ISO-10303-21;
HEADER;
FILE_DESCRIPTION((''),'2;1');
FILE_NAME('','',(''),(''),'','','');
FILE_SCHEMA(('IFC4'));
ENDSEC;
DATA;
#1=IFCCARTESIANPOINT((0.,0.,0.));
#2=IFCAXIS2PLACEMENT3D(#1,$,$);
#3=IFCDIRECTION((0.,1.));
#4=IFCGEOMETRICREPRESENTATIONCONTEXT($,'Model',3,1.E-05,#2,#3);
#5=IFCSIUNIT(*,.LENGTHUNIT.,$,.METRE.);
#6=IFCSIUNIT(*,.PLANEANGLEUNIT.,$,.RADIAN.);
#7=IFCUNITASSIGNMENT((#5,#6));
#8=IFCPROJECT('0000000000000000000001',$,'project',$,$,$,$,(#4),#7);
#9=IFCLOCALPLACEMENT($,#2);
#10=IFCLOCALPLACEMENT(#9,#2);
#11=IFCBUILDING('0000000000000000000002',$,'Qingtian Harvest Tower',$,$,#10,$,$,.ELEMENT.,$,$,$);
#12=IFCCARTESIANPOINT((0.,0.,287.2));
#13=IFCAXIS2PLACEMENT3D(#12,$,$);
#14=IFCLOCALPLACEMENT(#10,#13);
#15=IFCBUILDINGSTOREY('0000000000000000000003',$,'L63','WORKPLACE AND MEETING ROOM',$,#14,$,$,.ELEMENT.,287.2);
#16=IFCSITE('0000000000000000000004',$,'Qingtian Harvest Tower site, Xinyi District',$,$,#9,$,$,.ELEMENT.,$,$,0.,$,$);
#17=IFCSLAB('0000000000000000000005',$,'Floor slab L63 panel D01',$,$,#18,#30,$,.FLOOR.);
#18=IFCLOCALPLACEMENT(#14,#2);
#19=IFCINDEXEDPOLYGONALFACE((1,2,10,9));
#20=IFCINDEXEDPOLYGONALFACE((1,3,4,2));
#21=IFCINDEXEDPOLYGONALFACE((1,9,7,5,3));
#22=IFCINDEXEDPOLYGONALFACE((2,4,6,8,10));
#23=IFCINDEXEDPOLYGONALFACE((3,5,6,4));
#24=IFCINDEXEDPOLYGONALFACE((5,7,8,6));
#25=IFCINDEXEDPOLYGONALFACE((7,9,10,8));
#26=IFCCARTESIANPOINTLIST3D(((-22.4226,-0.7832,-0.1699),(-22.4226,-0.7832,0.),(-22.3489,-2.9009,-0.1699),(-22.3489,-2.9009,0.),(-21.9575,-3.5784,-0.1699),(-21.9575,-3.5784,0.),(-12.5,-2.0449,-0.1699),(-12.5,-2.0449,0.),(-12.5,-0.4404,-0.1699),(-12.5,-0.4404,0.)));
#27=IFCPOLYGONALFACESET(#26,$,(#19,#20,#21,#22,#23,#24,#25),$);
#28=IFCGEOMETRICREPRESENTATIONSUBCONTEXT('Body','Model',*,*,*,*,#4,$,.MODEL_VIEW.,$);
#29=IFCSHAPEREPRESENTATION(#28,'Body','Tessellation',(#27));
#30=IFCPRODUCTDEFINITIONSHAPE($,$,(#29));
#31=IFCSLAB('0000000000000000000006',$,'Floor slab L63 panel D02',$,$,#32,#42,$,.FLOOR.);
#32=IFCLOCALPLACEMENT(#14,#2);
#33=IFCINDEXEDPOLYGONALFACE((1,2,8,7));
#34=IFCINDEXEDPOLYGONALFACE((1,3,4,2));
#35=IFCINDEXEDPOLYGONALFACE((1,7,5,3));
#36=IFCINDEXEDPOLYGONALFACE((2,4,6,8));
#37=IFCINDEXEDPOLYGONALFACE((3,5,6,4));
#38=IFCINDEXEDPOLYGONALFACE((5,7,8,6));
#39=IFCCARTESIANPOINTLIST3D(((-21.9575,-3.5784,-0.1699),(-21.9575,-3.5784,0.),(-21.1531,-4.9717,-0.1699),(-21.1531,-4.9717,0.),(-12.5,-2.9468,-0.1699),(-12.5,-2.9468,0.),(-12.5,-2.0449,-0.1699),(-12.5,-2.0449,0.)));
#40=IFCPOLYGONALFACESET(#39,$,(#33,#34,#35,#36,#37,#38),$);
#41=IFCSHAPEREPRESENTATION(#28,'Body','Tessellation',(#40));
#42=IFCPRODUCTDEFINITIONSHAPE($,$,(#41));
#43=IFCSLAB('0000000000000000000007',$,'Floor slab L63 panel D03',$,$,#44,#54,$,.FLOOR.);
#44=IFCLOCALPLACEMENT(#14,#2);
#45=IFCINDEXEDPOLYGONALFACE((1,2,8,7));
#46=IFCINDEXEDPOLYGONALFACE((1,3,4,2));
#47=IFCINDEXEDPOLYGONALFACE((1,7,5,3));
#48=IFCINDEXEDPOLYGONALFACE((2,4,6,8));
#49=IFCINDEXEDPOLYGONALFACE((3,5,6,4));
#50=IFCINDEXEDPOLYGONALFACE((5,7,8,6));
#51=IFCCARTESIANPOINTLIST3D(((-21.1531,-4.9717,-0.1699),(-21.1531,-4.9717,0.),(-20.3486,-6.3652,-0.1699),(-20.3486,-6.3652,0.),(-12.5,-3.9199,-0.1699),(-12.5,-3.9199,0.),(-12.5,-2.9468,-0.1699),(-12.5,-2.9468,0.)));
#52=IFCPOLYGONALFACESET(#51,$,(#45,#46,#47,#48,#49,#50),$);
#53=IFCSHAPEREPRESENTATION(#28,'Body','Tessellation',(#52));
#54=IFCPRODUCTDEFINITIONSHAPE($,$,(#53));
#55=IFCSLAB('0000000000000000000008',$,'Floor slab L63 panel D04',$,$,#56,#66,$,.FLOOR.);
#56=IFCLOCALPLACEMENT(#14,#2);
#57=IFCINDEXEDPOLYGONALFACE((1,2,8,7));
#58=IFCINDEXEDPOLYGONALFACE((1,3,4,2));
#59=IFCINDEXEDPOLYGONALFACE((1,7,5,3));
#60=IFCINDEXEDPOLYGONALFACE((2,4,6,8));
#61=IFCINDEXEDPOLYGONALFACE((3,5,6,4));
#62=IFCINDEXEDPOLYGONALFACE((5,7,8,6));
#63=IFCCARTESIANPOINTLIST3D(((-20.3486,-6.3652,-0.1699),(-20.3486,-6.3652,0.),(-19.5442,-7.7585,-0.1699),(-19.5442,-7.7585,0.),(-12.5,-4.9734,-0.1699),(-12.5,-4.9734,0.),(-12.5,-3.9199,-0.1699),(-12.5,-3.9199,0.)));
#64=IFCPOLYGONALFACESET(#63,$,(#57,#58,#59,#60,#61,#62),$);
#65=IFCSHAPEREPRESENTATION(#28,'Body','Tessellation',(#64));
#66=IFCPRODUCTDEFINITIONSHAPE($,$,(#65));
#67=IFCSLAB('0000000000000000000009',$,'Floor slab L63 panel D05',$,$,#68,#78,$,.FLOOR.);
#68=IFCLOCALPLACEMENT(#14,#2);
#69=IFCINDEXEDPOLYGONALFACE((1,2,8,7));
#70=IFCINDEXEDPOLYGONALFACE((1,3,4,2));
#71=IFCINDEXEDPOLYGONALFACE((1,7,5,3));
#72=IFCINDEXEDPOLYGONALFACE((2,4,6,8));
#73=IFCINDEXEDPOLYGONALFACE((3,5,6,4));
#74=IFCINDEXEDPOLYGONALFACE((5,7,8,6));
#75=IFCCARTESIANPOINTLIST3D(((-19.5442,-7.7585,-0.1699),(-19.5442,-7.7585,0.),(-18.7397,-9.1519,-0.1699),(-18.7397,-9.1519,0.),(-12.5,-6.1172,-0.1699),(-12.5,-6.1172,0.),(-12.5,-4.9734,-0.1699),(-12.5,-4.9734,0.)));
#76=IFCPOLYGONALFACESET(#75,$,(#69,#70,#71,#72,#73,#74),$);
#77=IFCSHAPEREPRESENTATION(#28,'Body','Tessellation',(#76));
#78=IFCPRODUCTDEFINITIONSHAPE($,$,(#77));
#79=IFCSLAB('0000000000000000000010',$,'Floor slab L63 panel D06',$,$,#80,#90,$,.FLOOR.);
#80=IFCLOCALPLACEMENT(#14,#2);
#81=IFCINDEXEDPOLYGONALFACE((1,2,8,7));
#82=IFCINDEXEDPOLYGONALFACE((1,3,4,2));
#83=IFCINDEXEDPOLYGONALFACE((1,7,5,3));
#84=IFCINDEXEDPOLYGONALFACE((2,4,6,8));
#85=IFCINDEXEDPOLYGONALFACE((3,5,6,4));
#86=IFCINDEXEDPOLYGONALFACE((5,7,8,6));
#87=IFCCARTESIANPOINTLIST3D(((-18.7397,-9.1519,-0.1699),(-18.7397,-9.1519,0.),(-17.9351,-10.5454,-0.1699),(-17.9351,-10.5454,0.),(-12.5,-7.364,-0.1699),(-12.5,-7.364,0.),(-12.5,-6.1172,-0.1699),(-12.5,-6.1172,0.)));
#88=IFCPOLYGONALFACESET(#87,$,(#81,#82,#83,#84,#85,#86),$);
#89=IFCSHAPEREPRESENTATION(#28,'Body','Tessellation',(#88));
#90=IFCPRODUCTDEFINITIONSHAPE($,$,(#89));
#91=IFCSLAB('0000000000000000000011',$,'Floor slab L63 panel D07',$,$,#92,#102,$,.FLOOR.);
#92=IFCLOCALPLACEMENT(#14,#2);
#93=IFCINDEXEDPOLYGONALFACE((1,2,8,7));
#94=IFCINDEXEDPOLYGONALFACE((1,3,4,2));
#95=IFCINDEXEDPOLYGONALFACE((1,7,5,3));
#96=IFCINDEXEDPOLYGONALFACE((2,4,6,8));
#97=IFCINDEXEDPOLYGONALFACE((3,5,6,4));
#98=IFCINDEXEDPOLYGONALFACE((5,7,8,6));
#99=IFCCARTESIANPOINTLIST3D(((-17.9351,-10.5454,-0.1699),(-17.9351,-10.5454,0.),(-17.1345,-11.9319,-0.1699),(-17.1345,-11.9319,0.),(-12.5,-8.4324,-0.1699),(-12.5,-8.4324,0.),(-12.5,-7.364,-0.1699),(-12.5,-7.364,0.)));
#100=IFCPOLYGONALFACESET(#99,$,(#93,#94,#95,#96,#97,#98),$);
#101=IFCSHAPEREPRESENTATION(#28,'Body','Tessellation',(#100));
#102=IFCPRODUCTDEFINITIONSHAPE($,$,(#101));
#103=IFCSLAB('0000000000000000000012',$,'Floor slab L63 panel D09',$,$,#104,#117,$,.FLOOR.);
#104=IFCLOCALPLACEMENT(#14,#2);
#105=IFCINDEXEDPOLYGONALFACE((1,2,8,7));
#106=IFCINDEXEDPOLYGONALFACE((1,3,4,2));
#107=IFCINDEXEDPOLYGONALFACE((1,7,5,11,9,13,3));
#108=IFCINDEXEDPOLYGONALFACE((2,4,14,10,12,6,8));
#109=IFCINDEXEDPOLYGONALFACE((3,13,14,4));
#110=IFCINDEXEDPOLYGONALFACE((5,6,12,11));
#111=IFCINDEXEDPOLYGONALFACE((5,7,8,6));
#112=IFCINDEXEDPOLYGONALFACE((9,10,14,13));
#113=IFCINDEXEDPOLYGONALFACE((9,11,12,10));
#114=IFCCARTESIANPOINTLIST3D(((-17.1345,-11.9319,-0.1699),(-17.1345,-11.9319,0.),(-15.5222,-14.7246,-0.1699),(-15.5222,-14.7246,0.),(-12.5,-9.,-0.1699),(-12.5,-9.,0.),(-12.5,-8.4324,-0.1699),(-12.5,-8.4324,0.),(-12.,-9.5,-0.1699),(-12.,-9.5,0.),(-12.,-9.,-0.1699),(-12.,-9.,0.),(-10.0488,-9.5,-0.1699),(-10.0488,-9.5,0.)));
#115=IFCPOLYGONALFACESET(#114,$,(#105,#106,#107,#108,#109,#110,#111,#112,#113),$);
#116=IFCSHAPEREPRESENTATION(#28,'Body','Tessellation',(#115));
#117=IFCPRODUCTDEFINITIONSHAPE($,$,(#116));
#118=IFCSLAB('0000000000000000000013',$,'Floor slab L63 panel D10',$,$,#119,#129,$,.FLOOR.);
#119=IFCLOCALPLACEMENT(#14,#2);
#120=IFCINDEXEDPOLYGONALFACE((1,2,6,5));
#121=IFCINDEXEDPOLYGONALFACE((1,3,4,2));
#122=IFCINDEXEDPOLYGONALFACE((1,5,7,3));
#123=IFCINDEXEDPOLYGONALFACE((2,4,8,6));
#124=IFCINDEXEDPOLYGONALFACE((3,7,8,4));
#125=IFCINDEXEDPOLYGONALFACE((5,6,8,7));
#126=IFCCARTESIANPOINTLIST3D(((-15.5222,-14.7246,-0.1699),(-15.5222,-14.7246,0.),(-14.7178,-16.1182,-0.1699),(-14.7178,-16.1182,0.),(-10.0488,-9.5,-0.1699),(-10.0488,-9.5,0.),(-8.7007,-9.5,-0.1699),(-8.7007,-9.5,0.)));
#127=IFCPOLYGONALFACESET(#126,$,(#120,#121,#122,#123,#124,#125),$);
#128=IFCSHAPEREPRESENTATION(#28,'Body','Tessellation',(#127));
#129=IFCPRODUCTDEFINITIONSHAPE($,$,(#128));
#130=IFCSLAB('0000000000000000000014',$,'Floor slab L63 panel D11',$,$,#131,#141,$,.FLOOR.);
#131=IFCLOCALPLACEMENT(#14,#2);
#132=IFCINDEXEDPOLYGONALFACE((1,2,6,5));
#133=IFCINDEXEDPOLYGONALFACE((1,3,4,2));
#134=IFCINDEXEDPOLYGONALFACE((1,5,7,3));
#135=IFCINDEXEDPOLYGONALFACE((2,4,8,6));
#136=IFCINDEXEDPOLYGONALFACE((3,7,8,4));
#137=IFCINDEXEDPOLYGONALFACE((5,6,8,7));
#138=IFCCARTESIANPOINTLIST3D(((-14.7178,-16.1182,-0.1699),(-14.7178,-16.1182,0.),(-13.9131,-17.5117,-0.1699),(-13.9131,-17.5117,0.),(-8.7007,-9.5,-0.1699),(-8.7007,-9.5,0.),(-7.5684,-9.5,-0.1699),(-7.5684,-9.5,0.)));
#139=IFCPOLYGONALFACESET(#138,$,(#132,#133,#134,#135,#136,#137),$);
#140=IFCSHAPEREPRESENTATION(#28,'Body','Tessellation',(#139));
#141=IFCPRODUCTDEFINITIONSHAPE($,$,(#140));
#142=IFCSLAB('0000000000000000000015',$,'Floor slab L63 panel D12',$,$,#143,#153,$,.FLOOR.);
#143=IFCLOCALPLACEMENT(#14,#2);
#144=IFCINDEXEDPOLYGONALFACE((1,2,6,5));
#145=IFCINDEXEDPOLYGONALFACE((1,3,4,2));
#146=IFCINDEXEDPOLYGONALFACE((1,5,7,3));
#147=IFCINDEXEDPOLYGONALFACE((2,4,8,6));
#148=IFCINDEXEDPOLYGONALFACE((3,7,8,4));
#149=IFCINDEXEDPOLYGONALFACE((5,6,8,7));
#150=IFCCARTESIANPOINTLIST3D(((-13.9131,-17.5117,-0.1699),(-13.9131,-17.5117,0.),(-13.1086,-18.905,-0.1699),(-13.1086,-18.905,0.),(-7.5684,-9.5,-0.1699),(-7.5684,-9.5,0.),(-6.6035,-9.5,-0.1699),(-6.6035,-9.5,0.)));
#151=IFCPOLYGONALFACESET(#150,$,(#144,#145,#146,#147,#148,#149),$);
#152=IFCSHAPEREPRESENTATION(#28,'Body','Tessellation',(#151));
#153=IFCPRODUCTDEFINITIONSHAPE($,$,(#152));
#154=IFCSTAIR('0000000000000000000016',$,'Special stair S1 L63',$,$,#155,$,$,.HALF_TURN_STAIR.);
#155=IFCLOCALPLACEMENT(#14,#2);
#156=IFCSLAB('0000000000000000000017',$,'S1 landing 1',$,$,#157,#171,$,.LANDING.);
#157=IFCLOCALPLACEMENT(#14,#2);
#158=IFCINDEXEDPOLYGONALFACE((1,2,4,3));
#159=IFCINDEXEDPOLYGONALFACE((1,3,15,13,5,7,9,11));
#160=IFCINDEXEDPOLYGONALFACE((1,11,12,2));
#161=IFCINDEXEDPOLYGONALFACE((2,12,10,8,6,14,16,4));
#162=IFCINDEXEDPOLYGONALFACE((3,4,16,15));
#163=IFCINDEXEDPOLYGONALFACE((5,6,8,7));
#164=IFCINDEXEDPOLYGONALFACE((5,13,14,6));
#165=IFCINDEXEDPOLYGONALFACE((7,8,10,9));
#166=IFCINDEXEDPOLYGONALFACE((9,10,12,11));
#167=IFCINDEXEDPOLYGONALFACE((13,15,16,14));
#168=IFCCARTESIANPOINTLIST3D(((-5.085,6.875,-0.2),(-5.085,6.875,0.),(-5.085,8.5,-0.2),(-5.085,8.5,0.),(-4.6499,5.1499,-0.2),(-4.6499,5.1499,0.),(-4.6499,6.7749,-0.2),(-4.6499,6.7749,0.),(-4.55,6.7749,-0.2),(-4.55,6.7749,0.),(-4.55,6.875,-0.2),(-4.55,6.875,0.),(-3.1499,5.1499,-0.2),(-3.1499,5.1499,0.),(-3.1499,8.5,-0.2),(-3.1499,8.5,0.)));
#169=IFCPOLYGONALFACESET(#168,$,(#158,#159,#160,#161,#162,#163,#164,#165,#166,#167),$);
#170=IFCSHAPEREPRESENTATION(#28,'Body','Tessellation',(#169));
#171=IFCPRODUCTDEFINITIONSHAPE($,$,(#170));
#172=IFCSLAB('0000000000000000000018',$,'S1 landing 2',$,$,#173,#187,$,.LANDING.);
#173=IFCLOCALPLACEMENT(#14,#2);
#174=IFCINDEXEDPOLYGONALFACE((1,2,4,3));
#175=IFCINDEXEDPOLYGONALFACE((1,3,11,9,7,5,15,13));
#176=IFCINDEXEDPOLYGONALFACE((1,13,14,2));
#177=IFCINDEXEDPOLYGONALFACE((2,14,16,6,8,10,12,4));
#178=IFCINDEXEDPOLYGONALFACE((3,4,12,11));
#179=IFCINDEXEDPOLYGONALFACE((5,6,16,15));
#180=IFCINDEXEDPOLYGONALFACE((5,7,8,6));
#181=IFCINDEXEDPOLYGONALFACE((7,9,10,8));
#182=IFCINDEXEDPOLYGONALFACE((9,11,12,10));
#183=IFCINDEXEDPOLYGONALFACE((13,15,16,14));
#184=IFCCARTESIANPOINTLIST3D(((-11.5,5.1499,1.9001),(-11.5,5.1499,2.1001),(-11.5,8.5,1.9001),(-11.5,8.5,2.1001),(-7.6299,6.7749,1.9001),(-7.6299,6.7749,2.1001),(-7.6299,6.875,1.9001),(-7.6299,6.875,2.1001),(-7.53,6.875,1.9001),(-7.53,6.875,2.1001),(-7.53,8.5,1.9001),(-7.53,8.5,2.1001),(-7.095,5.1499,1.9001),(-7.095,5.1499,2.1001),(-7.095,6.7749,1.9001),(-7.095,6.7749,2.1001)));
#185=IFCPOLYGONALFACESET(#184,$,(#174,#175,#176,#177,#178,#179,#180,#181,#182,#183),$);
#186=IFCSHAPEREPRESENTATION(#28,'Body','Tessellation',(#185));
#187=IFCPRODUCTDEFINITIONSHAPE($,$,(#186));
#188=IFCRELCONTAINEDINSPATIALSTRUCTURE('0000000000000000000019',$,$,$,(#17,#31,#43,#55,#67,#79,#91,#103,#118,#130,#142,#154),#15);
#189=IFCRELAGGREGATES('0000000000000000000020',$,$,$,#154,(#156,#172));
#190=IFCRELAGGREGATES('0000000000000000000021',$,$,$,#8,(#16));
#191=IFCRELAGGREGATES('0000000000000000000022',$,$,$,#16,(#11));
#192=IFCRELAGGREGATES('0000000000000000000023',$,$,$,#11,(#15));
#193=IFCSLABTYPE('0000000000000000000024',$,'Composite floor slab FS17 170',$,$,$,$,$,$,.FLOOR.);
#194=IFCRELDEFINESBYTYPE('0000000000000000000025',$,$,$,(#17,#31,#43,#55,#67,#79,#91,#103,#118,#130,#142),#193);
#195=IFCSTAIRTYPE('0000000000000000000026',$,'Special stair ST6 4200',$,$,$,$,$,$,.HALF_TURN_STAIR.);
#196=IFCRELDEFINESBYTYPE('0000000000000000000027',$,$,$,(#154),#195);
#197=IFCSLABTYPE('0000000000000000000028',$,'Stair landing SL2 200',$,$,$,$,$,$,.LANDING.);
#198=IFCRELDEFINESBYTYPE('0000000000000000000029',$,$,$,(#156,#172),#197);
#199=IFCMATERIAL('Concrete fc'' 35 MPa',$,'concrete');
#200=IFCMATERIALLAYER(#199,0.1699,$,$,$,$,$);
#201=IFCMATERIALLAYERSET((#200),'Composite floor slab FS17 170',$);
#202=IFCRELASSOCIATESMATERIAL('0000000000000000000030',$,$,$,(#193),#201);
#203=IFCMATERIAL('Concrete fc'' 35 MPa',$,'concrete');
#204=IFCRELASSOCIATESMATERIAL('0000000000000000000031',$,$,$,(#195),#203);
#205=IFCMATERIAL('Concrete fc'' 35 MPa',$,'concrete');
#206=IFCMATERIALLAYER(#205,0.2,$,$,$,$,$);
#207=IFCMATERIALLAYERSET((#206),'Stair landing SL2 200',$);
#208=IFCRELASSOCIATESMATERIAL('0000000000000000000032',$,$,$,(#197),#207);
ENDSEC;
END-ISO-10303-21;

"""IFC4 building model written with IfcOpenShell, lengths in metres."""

from ifc_helpers import new_model, si_unit, direction, frame, origin, place, context, subcontext, project, spatial, polyline, outline, extrude, material, layer, layer_set, type_object, element, aggregate, save


model = new_model("IFC4")

# Units and contexts
model_context = context("Model", 3, precision=1e-05, world=origin(), true_north=direction((0.0, 1.0)))
body_context = subcontext(model_context, "Body", "Model", "MODEL_VIEW")
ifc_project = project(units=[si_unit("LENGTHUNIT", "METRE"), si_unit("PLANEANGLEUNIT", "RADIAN")], contexts=[model_context])

# Site, building, storey
site_placement = place(None, origin())
site = spatial("IfcSite", under=ifc_project, at=site_placement, Name="Qingtian Harvest Tower site, Xinyi District", CompositionType="ELEMENT", RefElevation=0.0)
building_placement = place(site_placement, origin())
building = spatial("IfcBuilding", under=site, at=building_placement, Name="Qingtian Harvest Tower", CompositionType="ELEMENT")
storey_placement = place(building_placement, frame((0.0, 0.0, 287.2)))
storey = spatial("IfcBuildingStorey", under=building, at=storey_placement, Name="L63", Description="WORKPLACE AND MEETING ROOM", CompositionType="ELEMENT", Elevation=287.2)

# Slabs
ifc_material_1 = material(Name="Concrete fc' 35 MPa", Category="concrete")
ifc_layer_1 = layer(ifc_material_1, 0.1699)
ifc_layer_set_1 = layer_set([ifc_layer_1], Name="Composite floor slab FS17 170")
slab_type_1 = type_object("IfcSlabType", Name="Composite floor slab FS17 170", PredefinedType="FLOOR", material=ifc_layer_set_1)
slab_1_placement = place(storey_placement, frame((0.0, 0.0, -0.1699)))
element("IfcSlab", 1, at=slab_1_placement, inside=storey, type_object=slab_type_1, Name="Floor slab L63 panel D01", PredefinedType="FLOOR", context=body_context, shape_type="SweptSolid", body=[
    extrude(outline(polyline([(-22.4226, -0.7832), (-12.5, -0.4404), (-12.5, -2.0449), (-21.9575, -3.5784), (-22.3489, -2.9009), (-22.4226, -0.7832)])), origin(), (0.0, 0.0, 1.0), 0.1699),
])
slab_2_placement = place(storey_placement, frame((0.0, 0.0, -0.1699)))
element("IfcSlab", 2, at=slab_2_placement, inside=storey, type_object=slab_type_1, Name="Floor slab L63 panel D02", PredefinedType="FLOOR", context=body_context, shape_type="SweptSolid", body=[
    extrude(outline(polyline([(-12.5, -2.9468), (-21.1531, -4.9717), (-21.9575, -3.5784), (-12.5, -2.0449), (-12.5, -2.9468)])), origin(), (0.0, 0.0, 1.0), 0.1699),
])
slab_3_placement = place(storey_placement, frame((0.0, 0.0, -0.1699)))
element("IfcSlab", 3, at=slab_3_placement, inside=storey, type_object=slab_type_1, Name="Floor slab L63 panel D03", PredefinedType="FLOOR", context=body_context, shape_type="SweptSolid", body=[
    extrude(outline(polyline([(-12.5, -3.9199), (-20.3486, -6.3652), (-21.1531, -4.9717), (-12.5, -2.9468), (-12.5, -3.9199)])), origin(), (0.0, 0.0, 1.0), 0.1699),
])
slab_4_placement = place(storey_placement, frame((0.0, 0.0, -0.1699)))
element("IfcSlab", 4, at=slab_4_placement, inside=storey, type_object=slab_type_1, Name="Floor slab L63 panel D04", PredefinedType="FLOOR", context=body_context, shape_type="SweptSolid", body=[
    extrude(outline(polyline([(-12.5, -4.9734), (-19.5442, -7.7585), (-20.3486, -6.3652), (-12.5, -3.9199), (-12.5, -4.9734)])), origin(), (0.0, 0.0, 1.0), 0.1699),
])
slab_5_placement = place(storey_placement, frame((0.0, 0.0, -0.1699)))
element("IfcSlab", 5, at=slab_5_placement, inside=storey, type_object=slab_type_1, Name="Floor slab L63 panel D05", PredefinedType="FLOOR", context=body_context, shape_type="SweptSolid", body=[
    extrude(outline(polyline([(-12.5, -6.1172), (-18.7397, -9.1519), (-19.5442, -7.7585), (-12.5, -4.9734), (-12.5, -6.1172)])), origin(), (0.0, 0.0, 1.0), 0.1699),
])
slab_6_placement = place(storey_placement, frame((0.0, 0.0, -0.1699)))
element("IfcSlab", 6, at=slab_6_placement, inside=storey, type_object=slab_type_1, Name="Floor slab L63 panel D06", PredefinedType="FLOOR", context=body_context, shape_type="SweptSolid", body=[
    extrude(outline(polyline([(-12.5, -7.364), (-17.9351, -10.5454), (-18.7397, -9.1519), (-12.5, -6.1172), (-12.5, -7.364)])), origin(), (0.0, 0.0, 1.0), 0.1699),
])
slab_7_placement = place(storey_placement, frame((0.0, 0.0, -0.1699)))
element("IfcSlab", 7, at=slab_7_placement, inside=storey, type_object=slab_type_1, Name="Floor slab L63 panel D07", PredefinedType="FLOOR", context=body_context, shape_type="SweptSolid", body=[
    extrude(outline(polyline([(-12.5, -8.4324), (-17.1345, -11.9319), (-17.9351, -10.5454), (-12.5, -7.364), (-12.5, -8.4324)])), origin(), (0.0, 0.0, 1.0), 0.1699),
])
slab_8_placement = place(storey_placement, frame((0.0, 0.0, -0.1699)))
element("IfcSlab", 8, at=slab_8_placement, inside=storey, type_object=slab_type_1, Name="Floor slab L63 panel D09", PredefinedType="FLOOR", context=body_context, shape_type="SweptSolid", body=[
    extrude(outline(polyline([(-15.5222, -14.7246), (-17.1345, -11.9319), (-12.5, -8.4324), (-12.5, -9.0), (-12.0, -9.0), (-12.0, -9.5), (-10.0488, -9.5), (-15.5222, -14.7246)])), origin(), (0.0, 0.0, 1.0), 0.1699),
])
slab_9_placement = place(storey_placement, frame((0.0, 0.0, -0.1699)))
element("IfcSlab", 9, at=slab_9_placement, inside=storey, type_object=slab_type_1, Name="Floor slab L63 panel D10", PredefinedType="FLOOR", context=body_context, shape_type="SweptSolid", body=[
    extrude(outline(polyline([(-8.7007, -9.5), (-14.7178, -16.1182), (-15.5222, -14.7246), (-10.0488, -9.5), (-8.7007, -9.5)])), origin(), (0.0, 0.0, 1.0), 0.1699),
])
slab_10_placement = place(storey_placement, frame((0.0, 0.0, -0.1699)))
element("IfcSlab", 10, at=slab_10_placement, inside=storey, type_object=slab_type_1, Name="Floor slab L63 panel D11", PredefinedType="FLOOR", context=body_context, shape_type="SweptSolid", body=[
    extrude(outline(polyline([(-7.5684, -9.5), (-13.9131, -17.5117), (-14.7178, -16.1182), (-8.7007, -9.5), (-7.5684, -9.5)])), origin(), (0.0, 0.0, 1.0), 0.1699),
])
slab_11_placement = place(storey_placement, frame((0.0, 0.0, -0.1699)))
element("IfcSlab", 11, at=slab_11_placement, inside=storey, type_object=slab_type_1, Name="Floor slab L63 panel D12", PredefinedType="FLOOR", context=body_context, shape_type="SweptSolid", body=[
    extrude(outline(polyline([(-6.6035, -9.5), (-13.1086, -18.905), (-13.9131, -17.5117), (-7.5684, -9.5), (-6.6035, -9.5)])), origin(), (0.0, 0.0, 1.0), 0.1699),
])

# Stair, slabs
ifc_material_2 = material(Name="Concrete fc' 35 MPa", Category="concrete")
stair_type = type_object("IfcStairType", Name="Special stair ST6 4200", PredefinedType="HALF_TURN_STAIR", material=ifc_material_2)
stair_1_placement = place(storey_placement, origin())
stair_1 = element("IfcStair", 12, at=stair_1_placement, inside=storey, type_object=stair_type, Name="Special stair S1 L63", PredefinedType="HALF_TURN_STAIR")
ifc_material_3 = material(Name="Concrete fc' 35 MPa", Category="concrete")
ifc_layer_2 = layer(ifc_material_3, 0.2)
ifc_layer_set_2 = layer_set([ifc_layer_2], Name="Stair landing SL2 200")
slab_type_2 = type_object("IfcSlabType", Name="Stair landing SL2 200", PredefinedType="LANDING", material=ifc_layer_set_2)
slab_12_placement = place(storey_placement, frame((0.0, 0.0, -0.2)))
slab_12 = element("IfcSlab", 13, at=slab_12_placement, type_object=slab_type_2, Name="S1 landing 1", PredefinedType="LANDING", context=body_context, shape_type="SweptSolid", body=[
    extrude(outline(polyline([(-4.6499, 5.1499), (-4.6499, 6.7749), (-4.55, 6.7749), (-4.55, 6.875), (-5.085, 6.875), (-5.085, 8.5), (-3.1499, 8.5), (-3.1499, 5.1499), (-4.6499, 5.1499)])), origin(), (0.0, 0.0, 1.0), 0.2),
])
slab_13_placement = place(storey_placement, frame((0.0, 0.0, 1.9001)))
slab_13 = element("IfcSlab", 14, at=slab_13_placement, type_object=slab_type_2, Name="S1 landing 2", PredefinedType="LANDING", context=body_context, shape_type="SweptSolid", body=[
    extrude(outline(polyline([(-7.095, 5.1499), (-11.5, 5.1499), (-11.5, 8.5), (-7.53, 8.5), (-7.53, 6.875), (-7.6299, 6.875), (-7.6299, 6.7749), (-7.095, 6.7749), (-7.095, 5.1499)])), origin(), (0.0, 0.0, 1.0), 0.2),
])
aggregate(stair_1, [slab_12, slab_13])

save(model, "model.ifc")
